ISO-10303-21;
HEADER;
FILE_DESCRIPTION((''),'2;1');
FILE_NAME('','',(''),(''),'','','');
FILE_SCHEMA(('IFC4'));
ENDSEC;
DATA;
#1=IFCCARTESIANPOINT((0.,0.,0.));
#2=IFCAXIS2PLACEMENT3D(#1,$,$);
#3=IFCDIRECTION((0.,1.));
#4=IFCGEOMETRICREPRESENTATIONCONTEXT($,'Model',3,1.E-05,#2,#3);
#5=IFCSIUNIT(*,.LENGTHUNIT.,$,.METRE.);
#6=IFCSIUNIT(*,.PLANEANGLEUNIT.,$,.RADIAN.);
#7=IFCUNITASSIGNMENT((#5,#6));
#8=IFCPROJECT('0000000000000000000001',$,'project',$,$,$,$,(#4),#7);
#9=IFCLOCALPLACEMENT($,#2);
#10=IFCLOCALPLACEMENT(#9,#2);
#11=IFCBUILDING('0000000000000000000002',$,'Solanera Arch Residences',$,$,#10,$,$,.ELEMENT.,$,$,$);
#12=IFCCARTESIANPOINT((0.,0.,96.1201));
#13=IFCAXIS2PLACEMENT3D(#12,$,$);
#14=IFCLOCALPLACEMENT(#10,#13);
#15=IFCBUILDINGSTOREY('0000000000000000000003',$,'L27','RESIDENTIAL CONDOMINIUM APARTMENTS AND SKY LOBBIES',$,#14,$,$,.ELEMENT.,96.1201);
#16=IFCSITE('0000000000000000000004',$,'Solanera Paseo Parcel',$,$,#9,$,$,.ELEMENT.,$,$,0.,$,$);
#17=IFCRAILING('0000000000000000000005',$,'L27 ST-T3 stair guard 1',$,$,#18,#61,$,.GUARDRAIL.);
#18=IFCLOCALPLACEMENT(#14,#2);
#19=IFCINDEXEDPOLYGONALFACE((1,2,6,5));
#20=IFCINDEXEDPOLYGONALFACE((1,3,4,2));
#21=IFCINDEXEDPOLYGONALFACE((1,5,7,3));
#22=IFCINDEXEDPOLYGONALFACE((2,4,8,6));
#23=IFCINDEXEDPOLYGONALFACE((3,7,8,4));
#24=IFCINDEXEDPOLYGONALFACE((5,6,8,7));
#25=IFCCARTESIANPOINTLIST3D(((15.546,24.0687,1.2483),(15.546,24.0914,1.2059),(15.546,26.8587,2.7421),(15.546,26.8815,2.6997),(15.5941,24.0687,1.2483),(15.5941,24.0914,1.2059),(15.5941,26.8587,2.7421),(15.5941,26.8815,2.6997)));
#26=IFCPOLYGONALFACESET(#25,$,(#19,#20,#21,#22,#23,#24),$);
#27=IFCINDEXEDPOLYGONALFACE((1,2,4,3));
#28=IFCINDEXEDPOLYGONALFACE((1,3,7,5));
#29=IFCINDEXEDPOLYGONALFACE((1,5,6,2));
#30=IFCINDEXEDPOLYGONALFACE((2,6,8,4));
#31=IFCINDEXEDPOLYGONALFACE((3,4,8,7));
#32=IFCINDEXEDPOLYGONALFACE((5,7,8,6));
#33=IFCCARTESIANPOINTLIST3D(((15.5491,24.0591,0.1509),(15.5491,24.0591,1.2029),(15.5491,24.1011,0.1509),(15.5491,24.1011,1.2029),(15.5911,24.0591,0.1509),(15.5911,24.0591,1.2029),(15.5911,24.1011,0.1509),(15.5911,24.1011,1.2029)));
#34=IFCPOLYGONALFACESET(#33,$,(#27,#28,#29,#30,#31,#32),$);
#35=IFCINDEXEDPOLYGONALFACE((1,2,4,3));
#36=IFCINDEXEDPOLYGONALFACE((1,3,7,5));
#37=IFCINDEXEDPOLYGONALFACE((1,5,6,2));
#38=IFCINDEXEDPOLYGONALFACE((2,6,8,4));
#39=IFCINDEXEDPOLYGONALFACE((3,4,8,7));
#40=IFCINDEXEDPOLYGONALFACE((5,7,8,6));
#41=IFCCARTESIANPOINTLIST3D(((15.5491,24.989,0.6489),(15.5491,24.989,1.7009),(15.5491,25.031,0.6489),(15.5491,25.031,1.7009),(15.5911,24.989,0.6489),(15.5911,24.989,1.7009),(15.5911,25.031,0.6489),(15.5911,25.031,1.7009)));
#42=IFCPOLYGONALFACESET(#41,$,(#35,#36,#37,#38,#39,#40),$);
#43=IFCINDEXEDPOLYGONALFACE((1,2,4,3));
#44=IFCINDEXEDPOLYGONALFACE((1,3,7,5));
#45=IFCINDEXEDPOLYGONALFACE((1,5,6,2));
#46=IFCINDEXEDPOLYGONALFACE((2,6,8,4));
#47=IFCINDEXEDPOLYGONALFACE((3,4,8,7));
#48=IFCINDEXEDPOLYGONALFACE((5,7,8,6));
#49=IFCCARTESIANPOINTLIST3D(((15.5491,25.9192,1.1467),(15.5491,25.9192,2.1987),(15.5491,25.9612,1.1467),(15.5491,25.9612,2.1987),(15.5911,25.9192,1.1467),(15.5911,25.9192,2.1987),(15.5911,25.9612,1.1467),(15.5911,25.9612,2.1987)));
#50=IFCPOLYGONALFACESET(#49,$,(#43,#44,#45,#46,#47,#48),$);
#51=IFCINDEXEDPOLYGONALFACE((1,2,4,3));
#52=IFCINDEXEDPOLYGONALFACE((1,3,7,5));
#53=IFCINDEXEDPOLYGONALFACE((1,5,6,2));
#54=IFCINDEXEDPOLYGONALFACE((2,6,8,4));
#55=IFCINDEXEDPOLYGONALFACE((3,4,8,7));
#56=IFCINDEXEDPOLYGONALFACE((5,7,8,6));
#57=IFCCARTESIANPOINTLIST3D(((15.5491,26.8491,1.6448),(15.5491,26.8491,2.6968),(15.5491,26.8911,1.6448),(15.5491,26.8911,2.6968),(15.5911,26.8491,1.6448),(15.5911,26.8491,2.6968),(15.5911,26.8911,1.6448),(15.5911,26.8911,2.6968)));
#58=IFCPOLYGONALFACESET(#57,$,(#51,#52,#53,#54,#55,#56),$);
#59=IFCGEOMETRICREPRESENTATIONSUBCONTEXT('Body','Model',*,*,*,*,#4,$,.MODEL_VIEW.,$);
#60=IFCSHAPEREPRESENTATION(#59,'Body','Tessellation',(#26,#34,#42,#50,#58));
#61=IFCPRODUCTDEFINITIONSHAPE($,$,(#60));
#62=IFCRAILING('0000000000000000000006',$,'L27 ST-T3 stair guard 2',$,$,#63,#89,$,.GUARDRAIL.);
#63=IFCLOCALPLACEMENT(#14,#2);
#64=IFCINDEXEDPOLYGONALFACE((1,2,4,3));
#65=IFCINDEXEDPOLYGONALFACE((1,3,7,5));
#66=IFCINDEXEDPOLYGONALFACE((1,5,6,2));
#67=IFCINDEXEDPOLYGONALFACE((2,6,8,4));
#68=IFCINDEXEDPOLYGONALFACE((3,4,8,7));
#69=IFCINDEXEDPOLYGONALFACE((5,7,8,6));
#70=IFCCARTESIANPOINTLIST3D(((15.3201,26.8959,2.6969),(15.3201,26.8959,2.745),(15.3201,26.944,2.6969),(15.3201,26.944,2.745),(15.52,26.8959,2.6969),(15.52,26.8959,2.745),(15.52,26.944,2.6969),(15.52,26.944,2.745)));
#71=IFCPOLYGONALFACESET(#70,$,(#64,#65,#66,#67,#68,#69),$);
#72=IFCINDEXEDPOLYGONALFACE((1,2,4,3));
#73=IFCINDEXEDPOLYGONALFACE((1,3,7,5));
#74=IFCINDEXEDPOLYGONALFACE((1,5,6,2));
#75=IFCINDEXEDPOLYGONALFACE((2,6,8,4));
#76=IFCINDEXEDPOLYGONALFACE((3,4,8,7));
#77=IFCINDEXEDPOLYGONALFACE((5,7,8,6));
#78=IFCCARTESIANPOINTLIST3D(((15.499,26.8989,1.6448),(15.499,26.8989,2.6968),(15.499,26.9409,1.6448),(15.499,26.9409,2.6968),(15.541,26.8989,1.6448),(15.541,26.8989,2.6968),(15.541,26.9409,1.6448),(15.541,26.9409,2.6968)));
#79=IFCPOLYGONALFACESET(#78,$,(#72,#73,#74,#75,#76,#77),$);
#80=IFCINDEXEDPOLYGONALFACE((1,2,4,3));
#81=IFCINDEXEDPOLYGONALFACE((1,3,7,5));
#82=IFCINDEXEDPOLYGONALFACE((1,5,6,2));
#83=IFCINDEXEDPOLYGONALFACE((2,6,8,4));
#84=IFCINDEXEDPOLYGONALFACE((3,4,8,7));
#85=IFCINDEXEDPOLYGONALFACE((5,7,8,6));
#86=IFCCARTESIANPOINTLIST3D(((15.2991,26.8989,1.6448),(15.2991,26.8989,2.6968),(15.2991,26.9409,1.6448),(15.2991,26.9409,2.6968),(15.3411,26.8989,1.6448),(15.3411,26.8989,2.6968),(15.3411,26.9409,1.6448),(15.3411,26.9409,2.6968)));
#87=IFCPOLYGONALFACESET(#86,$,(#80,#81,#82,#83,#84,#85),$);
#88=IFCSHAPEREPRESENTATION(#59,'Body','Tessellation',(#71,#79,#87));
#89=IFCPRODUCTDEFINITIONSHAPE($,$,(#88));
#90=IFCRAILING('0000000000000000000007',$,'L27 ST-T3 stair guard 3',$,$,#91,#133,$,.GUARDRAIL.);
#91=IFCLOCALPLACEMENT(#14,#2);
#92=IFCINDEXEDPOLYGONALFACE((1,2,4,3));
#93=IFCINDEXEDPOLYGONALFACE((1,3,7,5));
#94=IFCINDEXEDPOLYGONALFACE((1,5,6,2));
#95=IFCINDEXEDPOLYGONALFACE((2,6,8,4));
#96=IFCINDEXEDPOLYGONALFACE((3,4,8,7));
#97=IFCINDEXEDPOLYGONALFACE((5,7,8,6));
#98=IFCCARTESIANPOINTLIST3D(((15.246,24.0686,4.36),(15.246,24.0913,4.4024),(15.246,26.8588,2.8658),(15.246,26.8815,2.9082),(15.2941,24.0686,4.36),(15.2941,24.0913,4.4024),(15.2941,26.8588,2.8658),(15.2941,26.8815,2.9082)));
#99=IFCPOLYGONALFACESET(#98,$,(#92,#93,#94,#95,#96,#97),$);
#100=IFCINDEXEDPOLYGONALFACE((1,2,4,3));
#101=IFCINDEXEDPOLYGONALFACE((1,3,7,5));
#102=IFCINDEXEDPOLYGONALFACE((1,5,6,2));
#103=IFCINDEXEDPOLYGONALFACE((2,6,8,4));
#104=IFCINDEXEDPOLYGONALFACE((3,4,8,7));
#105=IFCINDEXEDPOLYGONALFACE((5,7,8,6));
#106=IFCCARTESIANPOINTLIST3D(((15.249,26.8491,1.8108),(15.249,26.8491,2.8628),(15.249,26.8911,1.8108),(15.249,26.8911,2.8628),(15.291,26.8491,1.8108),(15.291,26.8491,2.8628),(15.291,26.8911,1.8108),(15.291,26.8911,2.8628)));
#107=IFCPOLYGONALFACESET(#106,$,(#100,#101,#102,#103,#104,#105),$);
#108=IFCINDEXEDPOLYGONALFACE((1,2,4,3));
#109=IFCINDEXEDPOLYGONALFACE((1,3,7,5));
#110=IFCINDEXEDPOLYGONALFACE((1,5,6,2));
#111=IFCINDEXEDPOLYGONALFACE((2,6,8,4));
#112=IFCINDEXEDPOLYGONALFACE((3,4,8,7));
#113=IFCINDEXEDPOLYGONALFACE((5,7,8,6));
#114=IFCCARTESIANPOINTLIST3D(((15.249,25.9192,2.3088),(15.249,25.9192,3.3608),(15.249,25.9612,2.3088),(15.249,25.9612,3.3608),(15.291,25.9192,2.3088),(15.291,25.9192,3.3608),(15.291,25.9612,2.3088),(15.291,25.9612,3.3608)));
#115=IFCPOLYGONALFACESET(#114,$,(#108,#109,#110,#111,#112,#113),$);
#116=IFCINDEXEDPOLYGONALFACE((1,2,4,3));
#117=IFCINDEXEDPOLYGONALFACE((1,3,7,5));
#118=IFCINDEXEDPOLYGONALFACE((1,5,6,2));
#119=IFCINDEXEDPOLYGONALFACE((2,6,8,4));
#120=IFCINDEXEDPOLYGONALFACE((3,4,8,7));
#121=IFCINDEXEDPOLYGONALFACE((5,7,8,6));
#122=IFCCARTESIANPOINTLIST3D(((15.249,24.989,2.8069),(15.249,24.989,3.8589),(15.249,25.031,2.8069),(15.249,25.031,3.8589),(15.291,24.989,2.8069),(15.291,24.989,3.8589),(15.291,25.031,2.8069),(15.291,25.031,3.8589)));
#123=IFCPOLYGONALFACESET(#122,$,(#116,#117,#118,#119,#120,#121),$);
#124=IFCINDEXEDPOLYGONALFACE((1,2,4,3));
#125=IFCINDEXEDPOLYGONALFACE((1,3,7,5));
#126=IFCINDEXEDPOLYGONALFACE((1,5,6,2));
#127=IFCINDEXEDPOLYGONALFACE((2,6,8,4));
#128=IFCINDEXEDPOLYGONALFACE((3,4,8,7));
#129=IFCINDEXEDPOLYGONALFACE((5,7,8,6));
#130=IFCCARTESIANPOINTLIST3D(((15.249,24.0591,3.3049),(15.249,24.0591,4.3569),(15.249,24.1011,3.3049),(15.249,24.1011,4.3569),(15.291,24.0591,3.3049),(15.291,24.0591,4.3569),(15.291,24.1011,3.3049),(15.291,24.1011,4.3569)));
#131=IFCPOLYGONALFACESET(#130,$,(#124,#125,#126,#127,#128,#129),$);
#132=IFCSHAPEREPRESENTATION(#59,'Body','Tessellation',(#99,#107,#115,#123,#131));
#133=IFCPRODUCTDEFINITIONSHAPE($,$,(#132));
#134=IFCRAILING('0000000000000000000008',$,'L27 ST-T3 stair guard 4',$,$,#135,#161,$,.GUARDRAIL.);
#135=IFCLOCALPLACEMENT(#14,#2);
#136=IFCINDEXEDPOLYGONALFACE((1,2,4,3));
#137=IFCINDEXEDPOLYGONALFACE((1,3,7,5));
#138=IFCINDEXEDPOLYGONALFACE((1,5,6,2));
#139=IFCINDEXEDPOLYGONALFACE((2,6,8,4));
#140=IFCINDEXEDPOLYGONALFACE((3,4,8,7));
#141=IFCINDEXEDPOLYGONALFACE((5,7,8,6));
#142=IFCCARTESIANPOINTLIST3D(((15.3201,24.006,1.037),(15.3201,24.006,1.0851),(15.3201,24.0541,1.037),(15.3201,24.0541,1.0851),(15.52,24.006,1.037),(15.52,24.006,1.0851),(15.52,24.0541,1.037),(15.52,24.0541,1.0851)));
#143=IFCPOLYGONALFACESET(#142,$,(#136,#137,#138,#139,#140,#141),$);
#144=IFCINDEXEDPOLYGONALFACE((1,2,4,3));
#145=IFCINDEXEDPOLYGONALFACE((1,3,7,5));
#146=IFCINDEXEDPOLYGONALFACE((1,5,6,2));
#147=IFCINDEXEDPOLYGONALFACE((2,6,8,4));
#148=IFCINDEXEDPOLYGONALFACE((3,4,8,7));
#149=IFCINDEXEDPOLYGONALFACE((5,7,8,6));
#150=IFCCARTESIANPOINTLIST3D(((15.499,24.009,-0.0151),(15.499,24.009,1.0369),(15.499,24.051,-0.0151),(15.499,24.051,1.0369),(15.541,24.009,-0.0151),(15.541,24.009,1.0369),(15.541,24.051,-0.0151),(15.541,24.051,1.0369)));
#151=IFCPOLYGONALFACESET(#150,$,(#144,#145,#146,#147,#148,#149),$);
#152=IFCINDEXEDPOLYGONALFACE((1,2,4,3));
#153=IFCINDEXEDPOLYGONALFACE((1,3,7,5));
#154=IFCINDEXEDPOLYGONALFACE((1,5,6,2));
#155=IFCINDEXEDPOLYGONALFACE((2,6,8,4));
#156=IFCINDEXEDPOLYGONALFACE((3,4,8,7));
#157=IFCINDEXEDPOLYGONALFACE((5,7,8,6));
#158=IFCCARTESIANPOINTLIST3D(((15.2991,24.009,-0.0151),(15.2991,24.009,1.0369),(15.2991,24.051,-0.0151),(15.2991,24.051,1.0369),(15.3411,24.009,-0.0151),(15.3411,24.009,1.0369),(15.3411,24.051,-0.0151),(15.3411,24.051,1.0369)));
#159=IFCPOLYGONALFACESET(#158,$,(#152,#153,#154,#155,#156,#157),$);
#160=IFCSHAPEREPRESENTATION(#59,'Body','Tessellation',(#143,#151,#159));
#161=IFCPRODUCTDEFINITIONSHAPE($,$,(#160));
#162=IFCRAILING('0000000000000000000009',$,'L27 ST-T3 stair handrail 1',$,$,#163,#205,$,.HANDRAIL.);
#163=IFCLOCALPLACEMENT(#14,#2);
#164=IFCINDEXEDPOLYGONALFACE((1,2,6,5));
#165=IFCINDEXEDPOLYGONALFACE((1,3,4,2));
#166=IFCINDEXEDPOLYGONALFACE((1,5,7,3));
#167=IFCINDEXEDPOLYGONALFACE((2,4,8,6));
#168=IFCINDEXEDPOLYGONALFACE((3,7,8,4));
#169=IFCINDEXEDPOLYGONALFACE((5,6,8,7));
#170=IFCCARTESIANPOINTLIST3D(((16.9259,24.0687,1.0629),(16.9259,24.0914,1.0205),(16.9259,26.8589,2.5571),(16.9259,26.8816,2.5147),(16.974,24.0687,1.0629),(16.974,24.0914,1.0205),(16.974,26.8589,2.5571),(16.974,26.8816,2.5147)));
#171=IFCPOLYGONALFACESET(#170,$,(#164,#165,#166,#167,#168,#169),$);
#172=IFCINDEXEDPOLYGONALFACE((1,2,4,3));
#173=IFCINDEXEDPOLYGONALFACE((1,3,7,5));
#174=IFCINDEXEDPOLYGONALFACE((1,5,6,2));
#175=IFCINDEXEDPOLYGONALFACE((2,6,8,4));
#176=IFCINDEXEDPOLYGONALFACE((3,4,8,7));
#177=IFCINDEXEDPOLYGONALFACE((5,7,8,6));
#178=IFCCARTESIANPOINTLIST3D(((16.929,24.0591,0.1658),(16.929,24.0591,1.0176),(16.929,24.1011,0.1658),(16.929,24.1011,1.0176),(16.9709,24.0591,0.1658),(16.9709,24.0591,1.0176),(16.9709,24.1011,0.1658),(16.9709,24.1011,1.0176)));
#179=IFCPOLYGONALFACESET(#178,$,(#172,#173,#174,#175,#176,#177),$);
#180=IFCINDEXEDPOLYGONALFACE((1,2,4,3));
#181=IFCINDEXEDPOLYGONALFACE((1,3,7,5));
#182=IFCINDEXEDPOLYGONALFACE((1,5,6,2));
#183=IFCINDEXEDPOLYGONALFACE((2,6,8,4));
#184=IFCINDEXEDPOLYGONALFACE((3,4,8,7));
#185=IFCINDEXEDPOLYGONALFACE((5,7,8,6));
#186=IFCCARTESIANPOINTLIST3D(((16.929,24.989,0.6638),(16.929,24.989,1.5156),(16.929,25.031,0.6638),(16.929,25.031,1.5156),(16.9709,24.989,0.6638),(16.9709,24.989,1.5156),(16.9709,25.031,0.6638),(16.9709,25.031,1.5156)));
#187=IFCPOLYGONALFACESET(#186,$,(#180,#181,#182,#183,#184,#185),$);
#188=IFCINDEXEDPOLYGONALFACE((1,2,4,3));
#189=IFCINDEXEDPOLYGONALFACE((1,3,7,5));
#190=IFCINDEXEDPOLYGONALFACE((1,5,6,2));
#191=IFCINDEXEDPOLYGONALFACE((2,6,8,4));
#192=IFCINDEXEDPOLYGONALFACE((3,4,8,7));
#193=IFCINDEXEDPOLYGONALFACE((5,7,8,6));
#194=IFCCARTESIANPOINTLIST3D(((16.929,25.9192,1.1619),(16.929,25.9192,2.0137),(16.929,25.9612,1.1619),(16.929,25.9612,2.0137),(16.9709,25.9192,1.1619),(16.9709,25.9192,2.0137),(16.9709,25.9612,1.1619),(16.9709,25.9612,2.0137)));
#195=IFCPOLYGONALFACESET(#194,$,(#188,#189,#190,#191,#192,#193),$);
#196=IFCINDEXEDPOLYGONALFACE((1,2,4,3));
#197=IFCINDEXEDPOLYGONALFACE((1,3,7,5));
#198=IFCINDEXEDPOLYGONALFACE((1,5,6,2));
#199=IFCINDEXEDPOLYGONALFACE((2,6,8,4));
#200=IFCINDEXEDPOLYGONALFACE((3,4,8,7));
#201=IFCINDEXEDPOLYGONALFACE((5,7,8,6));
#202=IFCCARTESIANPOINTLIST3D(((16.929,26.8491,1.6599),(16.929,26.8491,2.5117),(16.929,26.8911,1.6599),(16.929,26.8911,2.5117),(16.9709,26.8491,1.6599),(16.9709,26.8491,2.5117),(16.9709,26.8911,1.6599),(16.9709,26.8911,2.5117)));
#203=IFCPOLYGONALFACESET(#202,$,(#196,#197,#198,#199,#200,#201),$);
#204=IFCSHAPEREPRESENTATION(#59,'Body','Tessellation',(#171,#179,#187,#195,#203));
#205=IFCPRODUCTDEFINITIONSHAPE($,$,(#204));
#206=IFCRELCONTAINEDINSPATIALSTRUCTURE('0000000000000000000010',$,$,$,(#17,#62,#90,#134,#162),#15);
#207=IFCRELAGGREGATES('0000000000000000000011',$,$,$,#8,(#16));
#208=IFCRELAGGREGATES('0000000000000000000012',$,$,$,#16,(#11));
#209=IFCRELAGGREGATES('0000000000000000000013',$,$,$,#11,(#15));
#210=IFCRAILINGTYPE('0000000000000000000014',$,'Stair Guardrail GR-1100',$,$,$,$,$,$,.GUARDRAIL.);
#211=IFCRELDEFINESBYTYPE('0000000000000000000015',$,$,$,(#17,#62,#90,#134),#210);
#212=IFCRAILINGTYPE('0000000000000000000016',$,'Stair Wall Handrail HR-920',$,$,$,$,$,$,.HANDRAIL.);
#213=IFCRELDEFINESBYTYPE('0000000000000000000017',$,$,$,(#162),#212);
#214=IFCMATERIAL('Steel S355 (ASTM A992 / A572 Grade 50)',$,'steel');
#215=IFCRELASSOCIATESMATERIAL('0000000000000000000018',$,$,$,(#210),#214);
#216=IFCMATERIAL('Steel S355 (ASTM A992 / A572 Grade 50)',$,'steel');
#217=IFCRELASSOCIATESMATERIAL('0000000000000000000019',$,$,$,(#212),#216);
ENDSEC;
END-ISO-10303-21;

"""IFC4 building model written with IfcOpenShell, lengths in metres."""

from ifc_helpers import new_model, si_unit, direction, frame, origin, origin_2d, place, context, subcontext, project, spatial, rectangle, extrude, material, type_object, element, save


model = new_model("IFC4")

# Units and contexts
model_context = context("Model", 3, precision=1e-05, world=origin(), true_north=direction((0.0, 1.0)))
body_context = subcontext(model_context, "Body", "Model", "MODEL_VIEW")
ifc_project = project(units=[si_unit("LENGTHUNIT", "METRE"), si_unit("PLANEANGLEUNIT", "RADIAN")], contexts=[model_context])

# Site, building, storey
site_placement = place(None, origin())
site = spatial("IfcSite", under=ifc_project, at=site_placement, Name="Solanera Paseo Parcel", CompositionType="ELEMENT", RefElevation=0.0)
building_placement = place(site_placement, origin())
building = spatial("IfcBuilding", under=site, at=building_placement, Name="Solanera Arch Residences", CompositionType="ELEMENT")
storey_placement = place(building_placement, frame((0.0, 0.0, 96.1201)))
storey = spatial("IfcBuildingStorey", under=building, at=storey_placement, Name="L27", Description="RESIDENTIAL CONDOMINIUM APARTMENTS AND SKY LOBBIES", CompositionType="ELEMENT", Elevation=96.1201)

# Railings
ifc_material_1 = material(Name="Steel S355 (ASTM A992 / A572 Grade 50)", Category="steel")
railing_type_1 = type_object("IfcRailingType", Name="Stair Guardrail GR-1100", PredefinedType="GUARDRAIL", material=ifc_material_1)
railing_1_placement = place(storey_placement, frame((15.5701, 24.0801, 0.1509)))
element("IfcRailing", 1, at=railing_1_placement, inside=storey, type_object=railing_type_1, Name="L27 ST-T3 stair guard 1", PredefinedType="GUARDRAIL", context=body_context, shape_type="SweptSolid", body=[
    extrude(rectangle(XDim=0.0481, YDim=0.0481, at=origin_2d()), frame((0.0, 0.0, 1.0762), z_axis=(0.0, 0.881581, 0.472033), x_axis=(-1.0, 0.0, 0.0)), (0.0, 0.0, 1.0), 3.1648),
    extrude(rectangle(XDim=0.042, YDim=0.042, at=origin_2d()), origin(), (0.0, 0.0, 1.0), 1.052),
    extrude(rectangle(XDim=0.042, YDim=0.042, at=origin_2d()), frame((0.0, 0.9299, 0.498)), (0.0, 0.0, 1.0), 1.052),
    extrude(rectangle(XDim=0.042, YDim=0.042, at=origin_2d()), frame((0.0, 1.8601, 0.9958)), (0.0, 0.0, 1.0), 1.052),
    extrude(rectangle(XDim=0.042, YDim=0.042, at=origin_2d()), frame((0.0, 2.79, 1.4939)), (0.0, 0.0, 1.0), 1.052),
])
railing_2_placement = place(storey_placement, frame((15.52, 26.9199, 1.6448)))
element("IfcRailing", 2, at=railing_2_placement, inside=storey, type_object=railing_type_1, Name="L27 ST-T3 stair guard 2", PredefinedType="GUARDRAIL", context=body_context, shape_type="SweptSolid", body=[
    extrude(rectangle(XDim=0.0481, YDim=0.0481, at=origin_2d()), frame((0.0, 0.0, 1.0762), z_axis=(-1.0, 0.0, 0.0), x_axis=(0.0, -1.0, 0.0)), (0.0, 0.0, 1.0), 0.2),
    extrude(rectangle(XDim=0.042, YDim=0.042, at=origin_2d()), origin(), (0.0, 0.0, 1.0), 1.052),
    extrude(rectangle(XDim=0.042, YDim=0.042, at=origin_2d()), frame((-0.2, 0.0, 0.0)), (0.0, 0.0, 1.0), 1.052),
])
railing_3_placement = place(storey_placement, frame((15.27, 26.8701, 1.8108)))
element("IfcRailing", 3, at=railing_3_placement, inside=storey, type_object=railing_type_1, Name="L27 ST-T3 stair guard 3", PredefinedType="GUARDRAIL", context=body_context, shape_type="SweptSolid", body=[
    extrude(rectangle(XDim=0.0481, YDim=0.0481, at=origin_2d()), frame((0.0, 0.0, 1.0762), z_axis=(0.0, -0.881549, 0.472093), x_axis=(1.0, 0.0, 0.0)), (0.0, 0.0, 1.0), 3.165),
    extrude(rectangle(XDim=0.042, YDim=0.042, at=origin_2d()), origin(), (0.0, 0.0, 1.0), 1.052),
    extrude(rectangle(XDim=0.042, YDim=0.042, at=origin_2d()), frame((0.0, -0.9299, 0.498)), (0.0, 0.0, 1.0), 1.052),
    extrude(rectangle(XDim=0.042, YDim=0.042, at=origin_2d()), frame((0.0, -1.8601, 0.9961)), (0.0, 0.0, 1.0), 1.052),
    extrude(rectangle(XDim=0.042, YDim=0.042, at=origin_2d()), frame((0.0, -2.79, 1.4941)), (0.0, 0.0, 1.0), 1.052),
])
railing_4_placement = place(storey_placement, frame((15.52, 24.03, -0.0151)))
element("IfcRailing", 4, at=railing_4_placement, inside=storey, type_object=railing_type_1, Name="L27 ST-T3 stair guard 4", PredefinedType="GUARDRAIL", context=body_context, shape_type="SweptSolid", body=[
    extrude(rectangle(XDim=0.0481, YDim=0.0481, at=origin_2d()), frame((0.0, 0.0, 1.0762), z_axis=(-1.0, 0.0, 0.0), x_axis=(0.0, -1.0, 0.0)), (0.0, 0.0, 1.0), 0.2),
    extrude(rectangle(XDim=0.042, YDim=0.042, at=origin_2d()), origin(), (0.0, 0.0, 1.0), 1.052),
    extrude(rectangle(XDim=0.042, YDim=0.042, at=origin_2d()), frame((-0.2, 0.0, 0.0)), (0.0, 0.0, 1.0), 1.052),
])
ifc_material_2 = material(Name="Steel S355 (ASTM A992 / A572 Grade 50)", Category="steel")
railing_type_2 = type_object("IfcRailingType", Name="Stair Wall Handrail HR-920", PredefinedType="HANDRAIL", material=ifc_material_2)
railing_5_placement = place(storey_placement, frame((16.95, 24.0801, 0.1658)))
element("IfcRailing", 5, at=railing_5_placement, inside=storey, type_object=railing_type_2, Name="L27 ST-T3 stair handrail 1", PredefinedType="HANDRAIL", context=body_context, shape_type="SweptSolid", body=[
    extrude(rectangle(XDim=0.0481, YDim=0.0481, at=origin_2d()), frame((0.0, 0.0, 0.876), z_axis=(0.0, 0.881549, 0.472093), x_axis=(-1.0, 0.0, 0.0)), (0.0, 0.0, 1.0), 3.165),
    extrude(rectangle(XDim=0.042, YDim=0.042, at=origin_2d()), origin(), (0.0, 0.0, 1.0), 0.8518),
    extrude(rectangle(XDim=0.042, YDim=0.042, at=origin_2d()), frame((0.0, 0.9299, 0.498)), (0.0, 0.0, 1.0), 0.8518),
    extrude(rectangle(XDim=0.042, YDim=0.042, at=origin_2d()), frame((0.0, 1.8601, 0.9961)), (0.0, 0.0, 1.0), 0.8518),
    extrude(rectangle(XDim=0.042, YDim=0.042, at=origin_2d()), frame((0.0, 2.79, 1.4941)), (0.0, 0.0, 1.0), 0.8518),
])

save(model, "model.ifc")
